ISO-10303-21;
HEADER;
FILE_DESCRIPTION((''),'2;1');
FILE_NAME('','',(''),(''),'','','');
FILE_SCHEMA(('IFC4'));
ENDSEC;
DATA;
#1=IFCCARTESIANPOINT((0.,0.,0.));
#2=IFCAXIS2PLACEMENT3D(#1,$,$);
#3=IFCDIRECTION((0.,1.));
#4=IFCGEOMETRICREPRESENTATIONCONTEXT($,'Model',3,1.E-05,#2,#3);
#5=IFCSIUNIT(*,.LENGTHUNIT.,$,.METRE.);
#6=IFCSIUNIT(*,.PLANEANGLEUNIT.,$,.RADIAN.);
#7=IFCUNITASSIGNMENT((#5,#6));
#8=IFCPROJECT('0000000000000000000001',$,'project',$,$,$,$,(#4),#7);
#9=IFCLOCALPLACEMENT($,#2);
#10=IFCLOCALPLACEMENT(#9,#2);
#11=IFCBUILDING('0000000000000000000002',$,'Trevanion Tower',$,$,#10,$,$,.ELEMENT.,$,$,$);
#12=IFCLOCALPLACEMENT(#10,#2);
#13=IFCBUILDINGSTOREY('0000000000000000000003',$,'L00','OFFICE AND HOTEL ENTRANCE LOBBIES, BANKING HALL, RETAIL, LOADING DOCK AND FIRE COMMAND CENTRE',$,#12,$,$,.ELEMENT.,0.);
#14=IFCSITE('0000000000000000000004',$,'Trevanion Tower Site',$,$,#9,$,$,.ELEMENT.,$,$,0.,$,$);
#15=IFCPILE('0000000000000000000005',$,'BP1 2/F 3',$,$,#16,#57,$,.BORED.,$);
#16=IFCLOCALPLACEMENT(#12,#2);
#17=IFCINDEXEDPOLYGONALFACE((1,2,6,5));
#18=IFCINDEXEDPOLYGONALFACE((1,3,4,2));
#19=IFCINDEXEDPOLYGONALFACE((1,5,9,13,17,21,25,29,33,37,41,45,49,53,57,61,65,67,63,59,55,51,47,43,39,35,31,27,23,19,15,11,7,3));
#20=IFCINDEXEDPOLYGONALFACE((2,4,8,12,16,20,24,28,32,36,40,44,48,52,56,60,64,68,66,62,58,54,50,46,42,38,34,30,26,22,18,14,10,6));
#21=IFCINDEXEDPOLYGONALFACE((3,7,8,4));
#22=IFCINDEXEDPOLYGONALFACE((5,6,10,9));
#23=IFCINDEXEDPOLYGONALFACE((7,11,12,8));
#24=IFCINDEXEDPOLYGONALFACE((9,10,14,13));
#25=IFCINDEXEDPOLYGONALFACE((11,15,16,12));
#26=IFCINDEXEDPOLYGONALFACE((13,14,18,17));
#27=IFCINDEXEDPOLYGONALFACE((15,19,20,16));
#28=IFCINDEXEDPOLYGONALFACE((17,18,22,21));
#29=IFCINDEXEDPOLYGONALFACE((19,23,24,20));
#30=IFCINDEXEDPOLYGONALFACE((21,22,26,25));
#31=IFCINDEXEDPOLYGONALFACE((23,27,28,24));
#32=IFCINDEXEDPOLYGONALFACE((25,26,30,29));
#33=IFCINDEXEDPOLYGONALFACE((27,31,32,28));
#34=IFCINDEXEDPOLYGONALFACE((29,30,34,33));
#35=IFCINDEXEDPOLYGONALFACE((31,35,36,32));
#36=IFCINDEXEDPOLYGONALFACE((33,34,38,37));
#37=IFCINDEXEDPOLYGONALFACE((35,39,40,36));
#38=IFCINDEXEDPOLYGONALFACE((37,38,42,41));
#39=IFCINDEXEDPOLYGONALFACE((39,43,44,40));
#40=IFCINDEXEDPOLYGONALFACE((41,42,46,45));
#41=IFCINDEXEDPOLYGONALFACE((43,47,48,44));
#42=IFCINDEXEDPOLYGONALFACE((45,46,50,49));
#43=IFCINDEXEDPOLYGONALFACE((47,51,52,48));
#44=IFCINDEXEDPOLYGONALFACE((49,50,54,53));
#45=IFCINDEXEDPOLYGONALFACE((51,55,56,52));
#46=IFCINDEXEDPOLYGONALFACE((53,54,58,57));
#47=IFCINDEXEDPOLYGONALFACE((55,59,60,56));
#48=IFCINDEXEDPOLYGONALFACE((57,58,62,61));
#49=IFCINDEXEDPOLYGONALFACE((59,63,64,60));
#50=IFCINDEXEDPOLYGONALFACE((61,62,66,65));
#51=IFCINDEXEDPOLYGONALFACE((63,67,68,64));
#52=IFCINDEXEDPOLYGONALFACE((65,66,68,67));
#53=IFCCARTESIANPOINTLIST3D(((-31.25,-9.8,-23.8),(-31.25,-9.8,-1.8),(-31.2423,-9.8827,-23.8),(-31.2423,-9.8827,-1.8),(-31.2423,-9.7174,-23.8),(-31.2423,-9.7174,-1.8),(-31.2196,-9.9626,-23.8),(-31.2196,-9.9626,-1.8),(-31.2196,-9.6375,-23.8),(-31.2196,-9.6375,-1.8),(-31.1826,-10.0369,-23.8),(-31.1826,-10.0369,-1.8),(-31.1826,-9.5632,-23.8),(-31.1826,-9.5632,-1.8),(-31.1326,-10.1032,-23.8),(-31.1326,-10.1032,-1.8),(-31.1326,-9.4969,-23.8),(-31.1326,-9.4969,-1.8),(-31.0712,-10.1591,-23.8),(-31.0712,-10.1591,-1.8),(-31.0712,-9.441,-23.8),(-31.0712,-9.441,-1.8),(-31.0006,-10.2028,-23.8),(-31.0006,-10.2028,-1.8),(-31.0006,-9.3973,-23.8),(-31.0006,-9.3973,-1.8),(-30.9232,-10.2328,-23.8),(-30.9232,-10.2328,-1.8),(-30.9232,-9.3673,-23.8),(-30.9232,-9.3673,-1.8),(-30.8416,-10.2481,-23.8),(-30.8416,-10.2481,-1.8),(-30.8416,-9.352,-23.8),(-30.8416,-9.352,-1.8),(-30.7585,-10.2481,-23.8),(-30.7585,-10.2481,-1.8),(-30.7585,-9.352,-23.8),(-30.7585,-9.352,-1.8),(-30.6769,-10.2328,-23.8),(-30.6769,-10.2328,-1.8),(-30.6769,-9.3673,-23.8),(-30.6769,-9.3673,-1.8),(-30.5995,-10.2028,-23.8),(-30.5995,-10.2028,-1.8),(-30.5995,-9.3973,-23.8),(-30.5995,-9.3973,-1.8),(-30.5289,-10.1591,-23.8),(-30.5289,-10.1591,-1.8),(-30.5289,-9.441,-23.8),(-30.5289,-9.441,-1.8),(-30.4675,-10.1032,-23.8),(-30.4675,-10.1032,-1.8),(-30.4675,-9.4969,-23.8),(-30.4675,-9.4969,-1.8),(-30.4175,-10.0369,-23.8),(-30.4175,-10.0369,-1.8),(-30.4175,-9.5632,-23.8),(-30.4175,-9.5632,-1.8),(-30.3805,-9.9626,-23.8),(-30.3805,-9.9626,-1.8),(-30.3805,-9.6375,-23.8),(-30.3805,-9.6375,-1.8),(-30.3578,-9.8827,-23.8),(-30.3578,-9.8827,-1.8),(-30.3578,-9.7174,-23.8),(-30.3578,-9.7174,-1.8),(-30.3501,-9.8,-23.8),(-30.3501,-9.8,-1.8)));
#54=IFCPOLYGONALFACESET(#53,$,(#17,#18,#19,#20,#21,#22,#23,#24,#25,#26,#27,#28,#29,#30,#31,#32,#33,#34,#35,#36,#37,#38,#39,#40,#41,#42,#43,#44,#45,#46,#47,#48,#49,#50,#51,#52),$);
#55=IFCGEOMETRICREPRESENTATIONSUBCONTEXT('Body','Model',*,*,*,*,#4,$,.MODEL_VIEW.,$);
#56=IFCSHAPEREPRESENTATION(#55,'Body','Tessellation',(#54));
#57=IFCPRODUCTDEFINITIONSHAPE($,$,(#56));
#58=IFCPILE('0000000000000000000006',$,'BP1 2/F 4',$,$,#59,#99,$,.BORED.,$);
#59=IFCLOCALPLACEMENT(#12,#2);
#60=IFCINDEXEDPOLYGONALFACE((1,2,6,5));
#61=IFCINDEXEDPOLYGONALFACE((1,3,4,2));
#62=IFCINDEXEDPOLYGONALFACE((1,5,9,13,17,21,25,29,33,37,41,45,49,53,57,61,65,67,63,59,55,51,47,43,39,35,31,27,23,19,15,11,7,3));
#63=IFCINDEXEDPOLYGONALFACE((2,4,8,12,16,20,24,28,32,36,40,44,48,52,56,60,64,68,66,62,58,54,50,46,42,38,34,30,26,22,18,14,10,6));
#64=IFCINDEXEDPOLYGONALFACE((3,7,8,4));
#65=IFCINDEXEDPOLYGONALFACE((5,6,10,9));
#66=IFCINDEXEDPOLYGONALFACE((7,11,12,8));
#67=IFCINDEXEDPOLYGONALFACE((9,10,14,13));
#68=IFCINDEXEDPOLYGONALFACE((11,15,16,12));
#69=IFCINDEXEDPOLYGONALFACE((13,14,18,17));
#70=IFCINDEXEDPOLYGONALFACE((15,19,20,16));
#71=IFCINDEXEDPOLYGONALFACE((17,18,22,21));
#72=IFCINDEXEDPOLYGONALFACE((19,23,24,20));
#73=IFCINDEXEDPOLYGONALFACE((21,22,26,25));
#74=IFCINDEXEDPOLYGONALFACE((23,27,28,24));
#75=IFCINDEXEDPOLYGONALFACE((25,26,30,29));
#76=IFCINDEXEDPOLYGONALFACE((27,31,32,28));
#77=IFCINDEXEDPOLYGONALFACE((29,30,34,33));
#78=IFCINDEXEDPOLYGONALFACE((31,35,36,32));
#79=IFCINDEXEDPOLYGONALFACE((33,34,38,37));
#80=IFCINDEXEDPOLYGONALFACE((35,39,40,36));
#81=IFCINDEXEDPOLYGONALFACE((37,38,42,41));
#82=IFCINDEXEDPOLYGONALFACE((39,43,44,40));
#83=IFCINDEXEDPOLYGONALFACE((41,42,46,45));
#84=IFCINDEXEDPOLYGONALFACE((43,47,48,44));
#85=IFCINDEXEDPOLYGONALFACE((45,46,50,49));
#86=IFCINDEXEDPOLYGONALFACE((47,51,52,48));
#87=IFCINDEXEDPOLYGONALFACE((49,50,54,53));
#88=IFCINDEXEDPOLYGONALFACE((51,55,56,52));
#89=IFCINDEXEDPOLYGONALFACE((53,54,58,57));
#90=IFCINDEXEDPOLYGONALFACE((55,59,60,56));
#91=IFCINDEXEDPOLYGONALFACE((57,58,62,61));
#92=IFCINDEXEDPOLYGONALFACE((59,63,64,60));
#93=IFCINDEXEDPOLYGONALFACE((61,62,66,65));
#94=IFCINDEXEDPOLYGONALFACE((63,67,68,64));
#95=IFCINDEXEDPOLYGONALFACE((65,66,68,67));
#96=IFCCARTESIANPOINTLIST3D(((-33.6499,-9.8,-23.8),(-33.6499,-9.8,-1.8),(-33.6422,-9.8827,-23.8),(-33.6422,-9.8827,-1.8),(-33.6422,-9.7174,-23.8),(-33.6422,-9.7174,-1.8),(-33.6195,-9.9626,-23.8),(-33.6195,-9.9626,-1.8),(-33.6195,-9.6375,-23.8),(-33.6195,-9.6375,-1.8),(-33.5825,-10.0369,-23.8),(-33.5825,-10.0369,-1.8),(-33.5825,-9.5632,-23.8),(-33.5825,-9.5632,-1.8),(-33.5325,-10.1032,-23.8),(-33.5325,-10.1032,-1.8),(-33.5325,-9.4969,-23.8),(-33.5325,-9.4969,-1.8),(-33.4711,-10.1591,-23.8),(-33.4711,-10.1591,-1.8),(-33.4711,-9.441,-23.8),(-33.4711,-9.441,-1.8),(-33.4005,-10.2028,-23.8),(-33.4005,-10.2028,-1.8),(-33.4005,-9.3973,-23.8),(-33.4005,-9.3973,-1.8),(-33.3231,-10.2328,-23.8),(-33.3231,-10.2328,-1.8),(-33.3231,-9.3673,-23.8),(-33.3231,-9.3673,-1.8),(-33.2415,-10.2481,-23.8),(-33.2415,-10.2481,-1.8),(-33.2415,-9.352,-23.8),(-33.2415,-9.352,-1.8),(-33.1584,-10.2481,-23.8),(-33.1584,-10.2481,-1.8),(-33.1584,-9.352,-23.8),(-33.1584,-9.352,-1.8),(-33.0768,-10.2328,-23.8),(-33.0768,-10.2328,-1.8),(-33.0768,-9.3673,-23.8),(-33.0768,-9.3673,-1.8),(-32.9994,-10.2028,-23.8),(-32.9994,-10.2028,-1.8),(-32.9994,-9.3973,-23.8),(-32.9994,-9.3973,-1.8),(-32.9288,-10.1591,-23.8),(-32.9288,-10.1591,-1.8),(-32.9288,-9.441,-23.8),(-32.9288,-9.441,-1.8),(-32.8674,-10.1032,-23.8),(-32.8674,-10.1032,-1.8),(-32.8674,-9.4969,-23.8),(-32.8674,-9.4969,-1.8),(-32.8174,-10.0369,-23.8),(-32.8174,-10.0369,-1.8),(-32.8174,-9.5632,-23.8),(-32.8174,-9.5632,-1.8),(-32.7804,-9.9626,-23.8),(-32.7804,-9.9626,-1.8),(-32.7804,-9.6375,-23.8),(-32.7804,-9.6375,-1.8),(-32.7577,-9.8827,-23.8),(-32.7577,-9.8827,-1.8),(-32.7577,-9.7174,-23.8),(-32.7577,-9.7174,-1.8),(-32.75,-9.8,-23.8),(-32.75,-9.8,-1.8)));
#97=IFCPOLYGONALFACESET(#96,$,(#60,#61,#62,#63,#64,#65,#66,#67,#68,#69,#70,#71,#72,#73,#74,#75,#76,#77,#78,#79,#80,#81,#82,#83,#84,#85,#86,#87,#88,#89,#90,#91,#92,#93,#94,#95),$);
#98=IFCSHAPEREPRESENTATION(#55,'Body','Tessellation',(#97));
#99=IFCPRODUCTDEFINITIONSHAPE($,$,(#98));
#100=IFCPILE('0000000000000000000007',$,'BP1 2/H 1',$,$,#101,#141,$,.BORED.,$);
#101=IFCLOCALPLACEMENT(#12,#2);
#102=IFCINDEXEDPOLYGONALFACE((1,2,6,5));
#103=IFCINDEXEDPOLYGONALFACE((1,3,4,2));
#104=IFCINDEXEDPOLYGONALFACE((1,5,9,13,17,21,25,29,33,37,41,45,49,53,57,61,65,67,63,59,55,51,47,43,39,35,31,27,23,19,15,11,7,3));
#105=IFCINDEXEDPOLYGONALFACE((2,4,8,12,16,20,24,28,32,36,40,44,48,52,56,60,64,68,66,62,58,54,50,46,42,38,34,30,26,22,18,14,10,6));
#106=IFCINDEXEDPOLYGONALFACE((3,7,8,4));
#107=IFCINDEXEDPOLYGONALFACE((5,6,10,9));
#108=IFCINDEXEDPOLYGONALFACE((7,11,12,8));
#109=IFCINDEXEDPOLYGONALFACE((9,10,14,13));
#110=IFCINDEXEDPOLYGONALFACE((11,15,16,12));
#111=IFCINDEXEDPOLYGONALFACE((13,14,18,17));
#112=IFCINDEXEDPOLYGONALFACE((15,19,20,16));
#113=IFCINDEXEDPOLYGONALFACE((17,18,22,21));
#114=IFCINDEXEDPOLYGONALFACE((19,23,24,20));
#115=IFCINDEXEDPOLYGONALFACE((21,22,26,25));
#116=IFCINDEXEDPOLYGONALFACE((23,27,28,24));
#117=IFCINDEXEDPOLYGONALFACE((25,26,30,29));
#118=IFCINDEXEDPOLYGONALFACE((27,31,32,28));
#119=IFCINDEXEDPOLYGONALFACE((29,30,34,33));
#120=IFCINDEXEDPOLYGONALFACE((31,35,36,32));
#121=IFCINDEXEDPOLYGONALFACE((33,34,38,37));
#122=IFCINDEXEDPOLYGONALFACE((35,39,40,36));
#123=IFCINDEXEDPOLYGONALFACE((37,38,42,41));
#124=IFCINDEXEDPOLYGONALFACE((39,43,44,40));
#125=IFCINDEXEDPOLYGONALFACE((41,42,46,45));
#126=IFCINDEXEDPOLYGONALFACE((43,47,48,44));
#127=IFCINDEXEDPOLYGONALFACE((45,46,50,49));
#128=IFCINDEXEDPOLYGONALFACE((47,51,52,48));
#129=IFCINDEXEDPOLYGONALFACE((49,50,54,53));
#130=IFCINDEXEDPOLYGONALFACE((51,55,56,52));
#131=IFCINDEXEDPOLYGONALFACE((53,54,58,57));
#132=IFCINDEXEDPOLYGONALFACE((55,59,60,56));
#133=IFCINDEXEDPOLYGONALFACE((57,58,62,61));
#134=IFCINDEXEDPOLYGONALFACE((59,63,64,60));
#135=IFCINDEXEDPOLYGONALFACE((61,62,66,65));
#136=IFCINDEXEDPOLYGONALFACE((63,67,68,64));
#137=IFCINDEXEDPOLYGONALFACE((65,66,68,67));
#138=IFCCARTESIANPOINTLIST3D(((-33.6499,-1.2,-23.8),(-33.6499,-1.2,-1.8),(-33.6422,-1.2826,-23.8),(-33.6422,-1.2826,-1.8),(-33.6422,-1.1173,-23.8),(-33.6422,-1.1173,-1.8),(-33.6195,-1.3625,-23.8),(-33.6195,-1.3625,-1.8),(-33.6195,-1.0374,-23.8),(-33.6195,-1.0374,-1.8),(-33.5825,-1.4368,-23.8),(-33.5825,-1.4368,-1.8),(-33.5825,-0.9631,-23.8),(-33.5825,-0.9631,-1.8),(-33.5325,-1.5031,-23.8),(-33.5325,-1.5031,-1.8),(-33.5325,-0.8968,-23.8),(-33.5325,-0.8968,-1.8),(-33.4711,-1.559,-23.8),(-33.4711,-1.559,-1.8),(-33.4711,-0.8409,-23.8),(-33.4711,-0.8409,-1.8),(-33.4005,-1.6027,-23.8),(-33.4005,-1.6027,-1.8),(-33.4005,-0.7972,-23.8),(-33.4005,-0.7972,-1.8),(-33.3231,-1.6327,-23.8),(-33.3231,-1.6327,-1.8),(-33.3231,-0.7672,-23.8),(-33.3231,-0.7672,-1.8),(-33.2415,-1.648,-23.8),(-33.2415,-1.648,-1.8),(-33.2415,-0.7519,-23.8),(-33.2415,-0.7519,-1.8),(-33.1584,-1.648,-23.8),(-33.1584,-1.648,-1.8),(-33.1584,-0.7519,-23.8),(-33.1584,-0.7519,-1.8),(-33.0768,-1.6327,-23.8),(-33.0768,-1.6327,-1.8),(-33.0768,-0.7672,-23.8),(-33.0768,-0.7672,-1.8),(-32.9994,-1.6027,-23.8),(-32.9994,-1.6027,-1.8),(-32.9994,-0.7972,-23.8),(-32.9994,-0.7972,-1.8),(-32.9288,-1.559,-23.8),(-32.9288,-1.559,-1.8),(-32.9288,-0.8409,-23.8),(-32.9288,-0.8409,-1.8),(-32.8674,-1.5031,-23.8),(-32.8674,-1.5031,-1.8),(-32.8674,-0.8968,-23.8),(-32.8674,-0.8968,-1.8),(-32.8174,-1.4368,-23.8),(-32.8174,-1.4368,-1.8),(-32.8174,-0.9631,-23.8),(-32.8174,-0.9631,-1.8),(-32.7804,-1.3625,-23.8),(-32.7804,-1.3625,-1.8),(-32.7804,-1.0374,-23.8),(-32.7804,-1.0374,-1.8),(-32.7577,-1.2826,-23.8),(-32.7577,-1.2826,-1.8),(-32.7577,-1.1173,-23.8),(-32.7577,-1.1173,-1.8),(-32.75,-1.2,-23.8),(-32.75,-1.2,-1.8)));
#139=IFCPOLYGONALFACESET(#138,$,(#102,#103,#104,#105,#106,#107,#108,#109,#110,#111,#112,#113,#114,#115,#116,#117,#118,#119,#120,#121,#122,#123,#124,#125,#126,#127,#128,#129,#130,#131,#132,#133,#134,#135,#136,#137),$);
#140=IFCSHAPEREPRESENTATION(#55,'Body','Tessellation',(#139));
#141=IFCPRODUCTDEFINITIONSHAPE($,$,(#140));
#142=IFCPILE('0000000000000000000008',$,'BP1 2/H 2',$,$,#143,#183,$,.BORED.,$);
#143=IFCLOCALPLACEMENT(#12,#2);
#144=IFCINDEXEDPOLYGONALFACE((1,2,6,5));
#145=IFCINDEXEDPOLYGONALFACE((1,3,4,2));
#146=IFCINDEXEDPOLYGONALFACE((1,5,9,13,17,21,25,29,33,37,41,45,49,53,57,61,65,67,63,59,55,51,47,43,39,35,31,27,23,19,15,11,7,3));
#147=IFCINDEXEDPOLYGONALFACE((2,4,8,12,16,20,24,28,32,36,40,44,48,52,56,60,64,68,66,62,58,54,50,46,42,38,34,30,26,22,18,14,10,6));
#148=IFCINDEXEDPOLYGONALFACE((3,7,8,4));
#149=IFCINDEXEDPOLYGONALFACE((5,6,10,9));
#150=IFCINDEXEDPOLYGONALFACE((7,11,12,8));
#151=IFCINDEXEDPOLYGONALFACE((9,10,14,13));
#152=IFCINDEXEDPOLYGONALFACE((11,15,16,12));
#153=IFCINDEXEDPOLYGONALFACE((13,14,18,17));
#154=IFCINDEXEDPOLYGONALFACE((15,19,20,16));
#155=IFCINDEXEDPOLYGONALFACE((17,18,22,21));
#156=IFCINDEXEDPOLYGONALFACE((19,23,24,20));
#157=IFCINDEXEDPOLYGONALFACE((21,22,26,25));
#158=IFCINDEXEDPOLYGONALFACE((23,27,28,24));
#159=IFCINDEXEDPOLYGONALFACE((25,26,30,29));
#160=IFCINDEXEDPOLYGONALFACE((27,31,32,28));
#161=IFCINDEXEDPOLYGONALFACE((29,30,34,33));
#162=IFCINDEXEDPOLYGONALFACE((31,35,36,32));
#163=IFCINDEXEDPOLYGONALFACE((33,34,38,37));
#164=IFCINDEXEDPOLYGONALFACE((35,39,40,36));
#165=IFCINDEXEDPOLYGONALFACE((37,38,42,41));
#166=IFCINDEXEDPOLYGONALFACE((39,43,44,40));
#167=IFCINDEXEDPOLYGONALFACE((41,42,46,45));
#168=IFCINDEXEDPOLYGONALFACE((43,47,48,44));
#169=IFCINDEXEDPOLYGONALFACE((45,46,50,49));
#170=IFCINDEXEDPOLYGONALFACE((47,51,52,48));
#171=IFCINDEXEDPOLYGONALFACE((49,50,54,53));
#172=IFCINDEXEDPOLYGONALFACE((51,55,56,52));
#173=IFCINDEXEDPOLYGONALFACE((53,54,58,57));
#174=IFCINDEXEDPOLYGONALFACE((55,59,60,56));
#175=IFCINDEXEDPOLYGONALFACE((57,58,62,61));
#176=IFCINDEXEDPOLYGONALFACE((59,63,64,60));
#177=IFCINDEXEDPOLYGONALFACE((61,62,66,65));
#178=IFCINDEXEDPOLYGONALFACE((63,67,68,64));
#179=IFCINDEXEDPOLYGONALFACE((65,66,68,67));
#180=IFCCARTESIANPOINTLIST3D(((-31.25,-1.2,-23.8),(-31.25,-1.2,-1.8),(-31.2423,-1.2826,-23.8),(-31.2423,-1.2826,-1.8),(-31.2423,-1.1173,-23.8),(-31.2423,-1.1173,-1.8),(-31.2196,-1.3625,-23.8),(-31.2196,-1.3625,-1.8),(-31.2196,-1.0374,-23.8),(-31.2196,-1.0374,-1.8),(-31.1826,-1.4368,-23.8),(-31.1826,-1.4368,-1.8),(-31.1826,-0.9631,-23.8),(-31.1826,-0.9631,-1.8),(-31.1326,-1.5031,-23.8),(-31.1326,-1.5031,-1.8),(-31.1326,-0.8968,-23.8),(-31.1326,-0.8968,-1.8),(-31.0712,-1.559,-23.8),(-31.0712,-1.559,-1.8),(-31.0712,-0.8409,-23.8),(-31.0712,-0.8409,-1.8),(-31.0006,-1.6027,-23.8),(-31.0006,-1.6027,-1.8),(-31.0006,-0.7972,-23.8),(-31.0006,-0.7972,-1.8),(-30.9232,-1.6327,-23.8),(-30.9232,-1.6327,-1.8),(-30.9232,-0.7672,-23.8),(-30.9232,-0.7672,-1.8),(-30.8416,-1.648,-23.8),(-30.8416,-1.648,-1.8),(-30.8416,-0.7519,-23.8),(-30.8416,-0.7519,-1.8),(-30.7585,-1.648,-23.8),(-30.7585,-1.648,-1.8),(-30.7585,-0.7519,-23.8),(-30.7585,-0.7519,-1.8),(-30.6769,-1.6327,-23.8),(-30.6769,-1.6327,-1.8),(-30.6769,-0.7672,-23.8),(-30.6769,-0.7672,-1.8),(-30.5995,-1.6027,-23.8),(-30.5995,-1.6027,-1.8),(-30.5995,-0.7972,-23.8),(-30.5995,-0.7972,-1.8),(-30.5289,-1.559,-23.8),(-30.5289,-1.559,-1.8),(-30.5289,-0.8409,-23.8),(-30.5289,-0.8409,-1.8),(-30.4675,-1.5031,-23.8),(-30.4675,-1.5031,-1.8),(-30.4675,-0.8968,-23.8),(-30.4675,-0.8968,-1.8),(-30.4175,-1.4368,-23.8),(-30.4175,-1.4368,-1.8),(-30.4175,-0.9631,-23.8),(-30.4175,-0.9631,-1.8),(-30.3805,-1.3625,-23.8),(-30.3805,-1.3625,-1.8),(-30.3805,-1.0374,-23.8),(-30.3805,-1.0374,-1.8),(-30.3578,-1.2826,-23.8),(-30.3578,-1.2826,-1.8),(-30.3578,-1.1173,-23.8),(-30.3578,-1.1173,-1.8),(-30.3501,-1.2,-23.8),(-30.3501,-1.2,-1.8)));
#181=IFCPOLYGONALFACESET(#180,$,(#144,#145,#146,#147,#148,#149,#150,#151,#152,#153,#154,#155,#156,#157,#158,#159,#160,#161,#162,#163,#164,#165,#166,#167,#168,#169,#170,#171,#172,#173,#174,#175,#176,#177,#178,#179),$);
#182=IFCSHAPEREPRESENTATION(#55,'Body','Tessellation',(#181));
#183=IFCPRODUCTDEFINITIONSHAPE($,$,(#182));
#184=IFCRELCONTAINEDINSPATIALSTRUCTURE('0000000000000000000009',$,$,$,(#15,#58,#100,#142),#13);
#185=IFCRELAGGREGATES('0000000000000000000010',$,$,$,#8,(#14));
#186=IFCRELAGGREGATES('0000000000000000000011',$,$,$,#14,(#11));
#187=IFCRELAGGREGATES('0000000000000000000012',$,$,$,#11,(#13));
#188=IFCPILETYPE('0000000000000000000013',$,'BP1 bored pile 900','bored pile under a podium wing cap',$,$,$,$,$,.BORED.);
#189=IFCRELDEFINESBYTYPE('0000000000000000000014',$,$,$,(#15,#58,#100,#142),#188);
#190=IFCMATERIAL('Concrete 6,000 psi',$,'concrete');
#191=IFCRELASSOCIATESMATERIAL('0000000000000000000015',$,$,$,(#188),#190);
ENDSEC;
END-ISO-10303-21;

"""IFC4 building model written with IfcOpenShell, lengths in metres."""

from ifc_helpers import new_model, si_unit, direction, frame, origin, origin_2d, place, context, subcontext, project, spatial, circle, extrude, material, material_profile, profile_set, type_object, element, save


model = new_model("IFC4")

# Units and contexts
model_context = context("Model", 3, precision=1e-05, world=origin(), true_north=direction((0.0, 1.0)))
body_context = subcontext(model_context, "Body", "Model", "MODEL_VIEW")
ifc_project = project(units=[si_unit("LENGTHUNIT", "METRE"), si_unit("PLANEANGLEUNIT", "RADIAN")], contexts=[model_context])

# Site, building, storey
site_placement = place(None, origin())
site = spatial("IfcSite", under=ifc_project, at=site_placement, Name="Trevanion Tower Site", CompositionType="ELEMENT", RefElevation=0.0)
building_placement = place(site_placement, origin())
building = spatial("IfcBuilding", under=site, at=building_placement, Name="Trevanion Tower", CompositionType="ELEMENT")
storey_placement = place(building_placement, origin())
storey = spatial("IfcBuildingStorey", under=building, at=storey_placement, Name="L00", Description="OFFICE AND HOTEL ENTRANCE LOBBIES, BANKING HALL, RETAIL, LOADING DOCK AND FIRE COMMAND CENTRE", CompositionType="ELEMENT", Elevation=0.0)

# Piles
ifc_material_1 = material(Name="Concrete 6,000 psi", Category="concrete")
ifc_material_profile_1 = material_profile(ifc_material_1, circle(Radius=0.45, at=origin_2d()), Name="BP1 bored pile 900")
ifc_profile_set_1 = profile_set([ifc_material_profile_1], Name="Concrete 6,000 psi")
pile_type_1 = type_object("IfcPileType", Name="BP1 bored pile 900", Description="bored pile under a podium wing cap", PredefinedType="BORED", material=ifc_profile_set_1)
for number, where, z_axis, x_axis, name in (
    (1, (-30.8, -9.8, -1.8), (0.0, 0.0, -1.0), (1.0, 0.0, 0.0), "BP1 2/F 3"),
    (2, (-33.2, -9.8, -1.8), (0.0, 0.0, -1.0), (1.0, 0.0, 0.0), "BP1 2/F 4"),
    (3, (-33.2, -1.2, -1.8), (0.0, 0.0, -1.0), (1.0, 0.0, 0.0), "BP1 2/H 1"),
    (4, (-30.8, -1.2, -1.8), (0.0, 0.0, -1.0), (1.0, 0.0, 0.0), "BP1 2/H 2"),
):
    element("IfcPile", number, at=place(storey_placement, frame(where, z_axis=z_axis, x_axis=x_axis)), inside=storey, type_object=pile_type_1, Name=name, PredefinedType="BORED", context=body_context, shape_type="SweptSolid", body=[
        extrude(circle(Radius=0.45, at=origin_2d()), origin(), (0.0, 0.0, 1.0), 22.0),
    ])

save(model, "model.ifc")
